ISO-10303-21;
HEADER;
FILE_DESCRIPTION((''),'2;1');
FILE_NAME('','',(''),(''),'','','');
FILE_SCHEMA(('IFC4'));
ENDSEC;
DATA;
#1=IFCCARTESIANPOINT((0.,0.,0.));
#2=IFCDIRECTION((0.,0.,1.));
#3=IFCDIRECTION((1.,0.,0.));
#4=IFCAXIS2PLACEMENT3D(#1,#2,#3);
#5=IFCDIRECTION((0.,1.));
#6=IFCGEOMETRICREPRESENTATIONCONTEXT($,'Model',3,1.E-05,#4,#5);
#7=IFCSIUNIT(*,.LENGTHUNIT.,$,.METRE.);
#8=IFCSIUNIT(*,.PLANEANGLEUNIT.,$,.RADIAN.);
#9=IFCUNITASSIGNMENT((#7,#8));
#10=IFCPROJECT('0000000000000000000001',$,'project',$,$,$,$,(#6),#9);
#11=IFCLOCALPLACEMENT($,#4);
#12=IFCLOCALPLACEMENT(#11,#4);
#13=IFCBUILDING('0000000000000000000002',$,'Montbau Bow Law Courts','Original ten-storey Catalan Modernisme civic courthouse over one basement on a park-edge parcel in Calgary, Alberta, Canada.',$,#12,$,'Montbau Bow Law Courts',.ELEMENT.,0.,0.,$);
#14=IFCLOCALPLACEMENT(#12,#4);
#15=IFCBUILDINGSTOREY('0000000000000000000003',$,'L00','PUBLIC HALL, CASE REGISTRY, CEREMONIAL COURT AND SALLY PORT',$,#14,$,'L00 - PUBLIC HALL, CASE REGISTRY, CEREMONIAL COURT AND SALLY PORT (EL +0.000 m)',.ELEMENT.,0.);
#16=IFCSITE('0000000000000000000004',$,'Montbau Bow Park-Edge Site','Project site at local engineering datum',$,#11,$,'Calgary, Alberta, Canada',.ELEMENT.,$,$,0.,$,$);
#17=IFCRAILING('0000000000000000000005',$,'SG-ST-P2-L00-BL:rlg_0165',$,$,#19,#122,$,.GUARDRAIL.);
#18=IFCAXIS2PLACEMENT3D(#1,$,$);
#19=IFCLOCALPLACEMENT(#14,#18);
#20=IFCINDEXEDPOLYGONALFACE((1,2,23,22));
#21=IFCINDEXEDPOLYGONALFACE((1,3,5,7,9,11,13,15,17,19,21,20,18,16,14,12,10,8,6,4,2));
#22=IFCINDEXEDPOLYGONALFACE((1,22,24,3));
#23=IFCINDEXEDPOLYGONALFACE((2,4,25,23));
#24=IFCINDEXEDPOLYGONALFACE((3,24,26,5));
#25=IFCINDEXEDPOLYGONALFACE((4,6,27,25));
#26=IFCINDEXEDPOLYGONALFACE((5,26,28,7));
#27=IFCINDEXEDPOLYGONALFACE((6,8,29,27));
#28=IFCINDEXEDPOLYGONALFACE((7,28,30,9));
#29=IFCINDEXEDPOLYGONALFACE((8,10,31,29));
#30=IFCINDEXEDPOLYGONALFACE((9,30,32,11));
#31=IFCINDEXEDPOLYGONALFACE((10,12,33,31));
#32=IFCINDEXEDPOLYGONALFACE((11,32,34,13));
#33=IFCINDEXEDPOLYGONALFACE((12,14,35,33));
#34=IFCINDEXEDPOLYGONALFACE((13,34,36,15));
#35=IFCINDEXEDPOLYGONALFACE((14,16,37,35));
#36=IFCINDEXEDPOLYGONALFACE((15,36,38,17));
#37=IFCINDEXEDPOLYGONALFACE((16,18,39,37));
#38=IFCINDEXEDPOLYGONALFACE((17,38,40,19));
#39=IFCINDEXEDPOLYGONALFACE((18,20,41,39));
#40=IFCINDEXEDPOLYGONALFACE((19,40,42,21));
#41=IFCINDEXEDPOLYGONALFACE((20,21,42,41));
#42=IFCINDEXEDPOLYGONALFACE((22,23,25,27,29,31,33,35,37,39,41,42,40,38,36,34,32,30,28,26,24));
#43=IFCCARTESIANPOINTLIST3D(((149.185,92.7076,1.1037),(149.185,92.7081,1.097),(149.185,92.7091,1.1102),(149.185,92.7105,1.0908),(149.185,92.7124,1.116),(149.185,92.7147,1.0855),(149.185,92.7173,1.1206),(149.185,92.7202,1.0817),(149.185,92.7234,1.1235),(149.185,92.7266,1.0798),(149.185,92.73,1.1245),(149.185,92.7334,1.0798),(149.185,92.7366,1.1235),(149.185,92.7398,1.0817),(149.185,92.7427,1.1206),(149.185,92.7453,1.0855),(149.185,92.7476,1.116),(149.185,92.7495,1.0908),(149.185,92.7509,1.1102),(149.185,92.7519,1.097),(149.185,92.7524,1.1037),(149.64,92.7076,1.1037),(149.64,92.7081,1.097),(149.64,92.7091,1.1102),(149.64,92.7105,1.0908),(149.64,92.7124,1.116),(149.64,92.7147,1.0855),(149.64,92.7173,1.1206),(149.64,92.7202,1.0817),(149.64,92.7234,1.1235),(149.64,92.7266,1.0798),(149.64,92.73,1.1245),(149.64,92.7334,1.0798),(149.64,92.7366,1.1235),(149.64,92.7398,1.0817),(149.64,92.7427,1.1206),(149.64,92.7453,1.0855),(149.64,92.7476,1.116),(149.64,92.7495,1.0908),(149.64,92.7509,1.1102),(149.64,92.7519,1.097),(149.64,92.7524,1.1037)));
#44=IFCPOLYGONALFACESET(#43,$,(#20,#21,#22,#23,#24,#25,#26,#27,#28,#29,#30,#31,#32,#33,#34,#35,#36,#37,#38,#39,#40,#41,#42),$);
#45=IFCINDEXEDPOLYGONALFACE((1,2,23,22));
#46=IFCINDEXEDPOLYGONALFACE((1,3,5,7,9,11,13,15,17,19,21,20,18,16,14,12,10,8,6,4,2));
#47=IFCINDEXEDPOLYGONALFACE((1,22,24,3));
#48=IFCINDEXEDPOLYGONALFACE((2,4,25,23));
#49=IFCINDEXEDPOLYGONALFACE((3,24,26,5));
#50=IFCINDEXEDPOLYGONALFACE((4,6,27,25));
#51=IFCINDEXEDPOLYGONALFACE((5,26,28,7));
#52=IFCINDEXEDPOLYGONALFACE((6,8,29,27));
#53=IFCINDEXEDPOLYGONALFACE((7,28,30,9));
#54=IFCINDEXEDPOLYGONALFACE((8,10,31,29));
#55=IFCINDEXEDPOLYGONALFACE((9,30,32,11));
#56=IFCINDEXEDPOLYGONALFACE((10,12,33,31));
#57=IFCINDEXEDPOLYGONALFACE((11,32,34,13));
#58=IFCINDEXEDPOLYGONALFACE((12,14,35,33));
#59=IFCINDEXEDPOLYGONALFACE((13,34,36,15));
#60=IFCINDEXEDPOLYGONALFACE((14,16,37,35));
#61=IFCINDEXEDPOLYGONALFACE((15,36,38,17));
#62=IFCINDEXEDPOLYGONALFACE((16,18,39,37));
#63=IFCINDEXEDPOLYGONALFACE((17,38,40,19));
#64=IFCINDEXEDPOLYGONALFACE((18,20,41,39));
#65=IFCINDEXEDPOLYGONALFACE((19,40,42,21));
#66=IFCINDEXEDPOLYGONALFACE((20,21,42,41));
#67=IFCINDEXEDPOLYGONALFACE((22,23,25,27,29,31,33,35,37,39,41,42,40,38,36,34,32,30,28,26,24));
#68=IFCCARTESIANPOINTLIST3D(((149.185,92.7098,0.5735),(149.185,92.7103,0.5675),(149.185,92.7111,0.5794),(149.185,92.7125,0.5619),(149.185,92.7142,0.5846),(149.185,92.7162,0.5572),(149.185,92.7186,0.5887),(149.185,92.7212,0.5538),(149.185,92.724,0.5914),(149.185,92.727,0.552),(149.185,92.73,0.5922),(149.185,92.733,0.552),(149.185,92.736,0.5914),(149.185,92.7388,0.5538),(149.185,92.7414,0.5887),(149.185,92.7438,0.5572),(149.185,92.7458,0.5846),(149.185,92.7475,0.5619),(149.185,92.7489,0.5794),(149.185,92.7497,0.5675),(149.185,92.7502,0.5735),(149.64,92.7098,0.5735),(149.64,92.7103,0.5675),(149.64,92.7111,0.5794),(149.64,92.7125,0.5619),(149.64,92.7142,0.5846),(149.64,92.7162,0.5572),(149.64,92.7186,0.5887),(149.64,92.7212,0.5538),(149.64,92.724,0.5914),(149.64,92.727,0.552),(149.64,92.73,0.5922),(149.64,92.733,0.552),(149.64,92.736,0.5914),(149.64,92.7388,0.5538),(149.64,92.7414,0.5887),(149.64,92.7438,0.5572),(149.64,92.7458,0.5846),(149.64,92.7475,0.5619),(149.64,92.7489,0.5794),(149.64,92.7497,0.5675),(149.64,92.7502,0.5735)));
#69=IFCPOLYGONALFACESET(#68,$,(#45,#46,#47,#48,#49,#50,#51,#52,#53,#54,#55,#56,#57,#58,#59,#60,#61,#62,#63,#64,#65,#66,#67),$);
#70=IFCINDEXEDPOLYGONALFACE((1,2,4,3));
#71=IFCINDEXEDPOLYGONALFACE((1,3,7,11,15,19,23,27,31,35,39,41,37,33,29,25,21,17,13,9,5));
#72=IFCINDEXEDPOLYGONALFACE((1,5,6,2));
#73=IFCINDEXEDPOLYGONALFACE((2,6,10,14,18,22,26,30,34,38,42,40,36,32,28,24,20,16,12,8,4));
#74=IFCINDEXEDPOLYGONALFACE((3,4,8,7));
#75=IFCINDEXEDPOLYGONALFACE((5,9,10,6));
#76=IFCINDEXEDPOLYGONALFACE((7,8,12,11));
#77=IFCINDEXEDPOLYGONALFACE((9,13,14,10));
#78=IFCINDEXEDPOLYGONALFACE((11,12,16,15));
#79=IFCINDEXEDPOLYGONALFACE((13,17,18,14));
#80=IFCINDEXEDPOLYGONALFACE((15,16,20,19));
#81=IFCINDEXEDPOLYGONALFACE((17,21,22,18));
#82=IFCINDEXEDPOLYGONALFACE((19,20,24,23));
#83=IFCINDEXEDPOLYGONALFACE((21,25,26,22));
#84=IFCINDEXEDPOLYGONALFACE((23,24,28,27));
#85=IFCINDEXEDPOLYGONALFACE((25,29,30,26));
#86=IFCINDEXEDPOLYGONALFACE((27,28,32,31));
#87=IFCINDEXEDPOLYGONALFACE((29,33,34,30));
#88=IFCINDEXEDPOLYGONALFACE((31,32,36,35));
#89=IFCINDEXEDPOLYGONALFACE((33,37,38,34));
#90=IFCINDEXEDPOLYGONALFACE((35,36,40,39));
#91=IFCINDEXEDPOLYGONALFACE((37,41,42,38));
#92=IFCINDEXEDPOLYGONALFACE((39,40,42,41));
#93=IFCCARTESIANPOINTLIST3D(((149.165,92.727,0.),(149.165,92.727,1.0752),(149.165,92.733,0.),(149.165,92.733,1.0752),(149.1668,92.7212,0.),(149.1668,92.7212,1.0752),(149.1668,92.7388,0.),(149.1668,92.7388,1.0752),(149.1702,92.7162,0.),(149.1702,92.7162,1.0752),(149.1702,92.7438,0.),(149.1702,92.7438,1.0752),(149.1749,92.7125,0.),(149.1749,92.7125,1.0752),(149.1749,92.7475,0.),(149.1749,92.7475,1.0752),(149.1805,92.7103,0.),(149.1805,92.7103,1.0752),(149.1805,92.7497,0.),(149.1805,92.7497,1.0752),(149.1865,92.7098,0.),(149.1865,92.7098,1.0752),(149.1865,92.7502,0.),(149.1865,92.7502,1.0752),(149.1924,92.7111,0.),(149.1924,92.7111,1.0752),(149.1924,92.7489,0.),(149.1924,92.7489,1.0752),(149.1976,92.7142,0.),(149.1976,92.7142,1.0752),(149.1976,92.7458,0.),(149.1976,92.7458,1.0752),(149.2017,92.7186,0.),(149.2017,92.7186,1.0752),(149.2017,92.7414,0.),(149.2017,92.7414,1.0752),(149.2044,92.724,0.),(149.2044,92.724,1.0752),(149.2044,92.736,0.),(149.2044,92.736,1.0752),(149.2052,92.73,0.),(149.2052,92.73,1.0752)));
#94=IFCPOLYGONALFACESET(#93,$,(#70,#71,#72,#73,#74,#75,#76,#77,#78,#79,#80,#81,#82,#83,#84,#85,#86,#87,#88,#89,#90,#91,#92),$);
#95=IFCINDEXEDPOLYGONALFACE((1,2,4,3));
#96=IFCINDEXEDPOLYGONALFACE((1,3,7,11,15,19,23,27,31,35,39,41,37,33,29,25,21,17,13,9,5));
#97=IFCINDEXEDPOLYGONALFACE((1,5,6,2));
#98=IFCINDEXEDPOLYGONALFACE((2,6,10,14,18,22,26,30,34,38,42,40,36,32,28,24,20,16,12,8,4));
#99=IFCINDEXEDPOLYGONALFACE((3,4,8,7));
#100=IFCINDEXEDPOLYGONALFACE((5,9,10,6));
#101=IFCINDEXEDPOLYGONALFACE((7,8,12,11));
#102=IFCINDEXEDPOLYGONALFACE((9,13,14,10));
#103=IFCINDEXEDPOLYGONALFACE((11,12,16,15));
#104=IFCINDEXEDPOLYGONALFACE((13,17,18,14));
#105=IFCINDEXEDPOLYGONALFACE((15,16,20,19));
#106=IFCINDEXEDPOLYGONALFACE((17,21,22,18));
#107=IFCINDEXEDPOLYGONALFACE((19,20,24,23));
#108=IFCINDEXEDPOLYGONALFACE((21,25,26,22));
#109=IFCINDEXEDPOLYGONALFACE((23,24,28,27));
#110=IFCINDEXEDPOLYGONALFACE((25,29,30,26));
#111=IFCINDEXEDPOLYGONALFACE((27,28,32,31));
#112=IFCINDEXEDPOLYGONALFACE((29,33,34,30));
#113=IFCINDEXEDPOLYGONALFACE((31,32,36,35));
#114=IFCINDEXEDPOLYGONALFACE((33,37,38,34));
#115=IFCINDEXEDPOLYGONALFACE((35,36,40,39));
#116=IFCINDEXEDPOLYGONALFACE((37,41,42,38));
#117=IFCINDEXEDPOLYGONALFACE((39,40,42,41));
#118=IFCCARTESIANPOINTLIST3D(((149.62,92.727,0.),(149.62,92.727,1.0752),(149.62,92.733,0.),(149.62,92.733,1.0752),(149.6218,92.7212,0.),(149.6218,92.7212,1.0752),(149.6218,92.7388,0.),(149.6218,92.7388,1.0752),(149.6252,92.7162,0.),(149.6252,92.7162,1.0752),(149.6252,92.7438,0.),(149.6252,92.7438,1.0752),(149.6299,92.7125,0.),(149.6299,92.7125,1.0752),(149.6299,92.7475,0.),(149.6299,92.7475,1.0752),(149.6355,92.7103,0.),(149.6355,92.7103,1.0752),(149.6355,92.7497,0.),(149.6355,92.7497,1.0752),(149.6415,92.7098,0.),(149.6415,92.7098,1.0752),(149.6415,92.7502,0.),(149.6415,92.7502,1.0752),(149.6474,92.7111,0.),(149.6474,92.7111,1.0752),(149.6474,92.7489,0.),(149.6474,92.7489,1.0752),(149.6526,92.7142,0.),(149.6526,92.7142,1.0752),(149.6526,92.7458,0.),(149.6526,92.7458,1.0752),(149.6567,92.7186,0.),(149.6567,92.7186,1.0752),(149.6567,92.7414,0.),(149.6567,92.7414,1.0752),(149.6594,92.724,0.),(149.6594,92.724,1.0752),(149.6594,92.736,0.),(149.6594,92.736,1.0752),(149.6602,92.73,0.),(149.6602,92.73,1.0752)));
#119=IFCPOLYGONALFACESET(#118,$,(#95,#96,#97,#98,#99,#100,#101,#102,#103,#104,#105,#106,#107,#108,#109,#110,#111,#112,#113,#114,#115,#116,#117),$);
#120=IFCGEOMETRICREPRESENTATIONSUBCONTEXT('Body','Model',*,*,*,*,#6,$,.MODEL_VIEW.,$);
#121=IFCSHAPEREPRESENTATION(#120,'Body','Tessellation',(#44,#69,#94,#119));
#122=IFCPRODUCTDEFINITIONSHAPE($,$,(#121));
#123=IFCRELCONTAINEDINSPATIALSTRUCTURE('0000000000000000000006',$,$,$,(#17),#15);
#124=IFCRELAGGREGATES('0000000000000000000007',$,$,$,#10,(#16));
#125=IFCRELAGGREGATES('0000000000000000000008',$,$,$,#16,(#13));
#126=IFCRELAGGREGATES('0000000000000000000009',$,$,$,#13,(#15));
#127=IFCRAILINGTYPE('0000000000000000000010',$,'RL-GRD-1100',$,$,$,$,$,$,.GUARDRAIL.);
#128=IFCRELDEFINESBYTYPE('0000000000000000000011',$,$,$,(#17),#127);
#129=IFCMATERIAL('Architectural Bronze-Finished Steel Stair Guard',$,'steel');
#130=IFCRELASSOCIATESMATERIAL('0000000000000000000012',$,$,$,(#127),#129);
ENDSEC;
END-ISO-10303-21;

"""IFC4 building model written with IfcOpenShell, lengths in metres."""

from ifc_helpers import new_model, si_unit, direction, frame, origin_with_axes, origin_2d_with_axis, place, context, subcontext, project, spatial, circle, extrude, material, type_object, element, save


model = new_model("IFC4")

# Units and contexts
model_context = context("Model", 3, precision=1e-05, world=origin_with_axes(), true_north=direction((0.0, 1.0)))
body_context = subcontext(model_context, "Body", "Model", "MODEL_VIEW")
ifc_project = project(units=[si_unit("LENGTHUNIT", "METRE"), si_unit("PLANEANGLEUNIT", "RADIAN")], contexts=[model_context])

# Site, building, storey
site_placement = place(None, origin_with_axes())
site = spatial("IfcSite", under=ifc_project, at=site_placement, Name="Montbau Bow Park-Edge Site", Description="Project site at local engineering datum", LongName="Calgary, Alberta, Canada", CompositionType="ELEMENT", RefElevation=0.0)
building_placement = place(site_placement, origin_with_axes())
building = spatial("IfcBuilding", under=site, at=building_placement, Name="Montbau Bow Law Courts", Description="Original ten-storey Catalan Modernisme civic courthouse over one basement on a park-edge parcel in Calgary, Alberta, Canada.", LongName="Montbau Bow Law Courts", CompositionType="ELEMENT", ElevationOfRefHeight=0.0, ElevationOfTerrain=0.0)
storey_placement = place(building_placement, origin_with_axes())
storey = spatial("IfcBuildingStorey", under=building, at=storey_placement, Name="L00", Description="PUBLIC HALL, CASE REGISTRY, CEREMONIAL COURT AND SALLY PORT", LongName="L00 - PUBLIC HALL, CASE REGISTRY, CEREMONIAL COURT AND SALLY PORT (EL +0.000 m)", CompositionType="ELEMENT", Elevation=0.0)

# Railing
ifc_material_1 = material(Name="Architectural Bronze-Finished Steel Stair Guard", Category="steel")
railing_type_1 = type_object("IfcRailingType", Name="RL-GRD-1100", PredefinedType="GUARDRAIL", material=ifc_material_1)
railing_1_placement = place(None, origin_with_axes())
element("IfcRailing", 1, at=railing_1_placement, inside=storey, type_object=railing_type_1, Name="SG-ST-P2-L00-BL:rlg_0165", PredefinedType="GUARDRAIL", context=body_context, shape_type="SweptSolid", body=[
    extrude(circle(Radius=0.0225, at=origin_2d_with_axis()), frame((149.185, 92.73, 1.102), z_axis=(1.0, 0.0, 0.0), x_axis=(0.0, 0.0, 1.0)), (0.0, 0.0, 1.0), 0.455),
    extrude(circle(Radius=0.0203, at=origin_2d_with_axis()), frame((149.185, 92.73, 0.572), z_axis=(1.0, 0.0, 0.0), x_axis=(0.0, 0.0, 1.0)), (0.0, 0.0, 1.0), 0.455),
    extrude(circle(Radius=0.0203, at=origin_2d_with_axis()), frame((149.185, 92.73, 0.0), z_axis=(0.0, 0.0, 1.0), x_axis=(1.0, 0.0, 0.0)), (0.0, 0.0, 1.0), 1.0753),
    extrude(circle(Radius=0.0203, at=origin_2d_with_axis()), frame((149.64, 92.73, 0.0), z_axis=(0.0, 0.0, 1.0), x_axis=(1.0, 0.0, 0.0)), (0.0, 0.0, 1.0), 1.0753),
])

save(model, "model.ifc")
